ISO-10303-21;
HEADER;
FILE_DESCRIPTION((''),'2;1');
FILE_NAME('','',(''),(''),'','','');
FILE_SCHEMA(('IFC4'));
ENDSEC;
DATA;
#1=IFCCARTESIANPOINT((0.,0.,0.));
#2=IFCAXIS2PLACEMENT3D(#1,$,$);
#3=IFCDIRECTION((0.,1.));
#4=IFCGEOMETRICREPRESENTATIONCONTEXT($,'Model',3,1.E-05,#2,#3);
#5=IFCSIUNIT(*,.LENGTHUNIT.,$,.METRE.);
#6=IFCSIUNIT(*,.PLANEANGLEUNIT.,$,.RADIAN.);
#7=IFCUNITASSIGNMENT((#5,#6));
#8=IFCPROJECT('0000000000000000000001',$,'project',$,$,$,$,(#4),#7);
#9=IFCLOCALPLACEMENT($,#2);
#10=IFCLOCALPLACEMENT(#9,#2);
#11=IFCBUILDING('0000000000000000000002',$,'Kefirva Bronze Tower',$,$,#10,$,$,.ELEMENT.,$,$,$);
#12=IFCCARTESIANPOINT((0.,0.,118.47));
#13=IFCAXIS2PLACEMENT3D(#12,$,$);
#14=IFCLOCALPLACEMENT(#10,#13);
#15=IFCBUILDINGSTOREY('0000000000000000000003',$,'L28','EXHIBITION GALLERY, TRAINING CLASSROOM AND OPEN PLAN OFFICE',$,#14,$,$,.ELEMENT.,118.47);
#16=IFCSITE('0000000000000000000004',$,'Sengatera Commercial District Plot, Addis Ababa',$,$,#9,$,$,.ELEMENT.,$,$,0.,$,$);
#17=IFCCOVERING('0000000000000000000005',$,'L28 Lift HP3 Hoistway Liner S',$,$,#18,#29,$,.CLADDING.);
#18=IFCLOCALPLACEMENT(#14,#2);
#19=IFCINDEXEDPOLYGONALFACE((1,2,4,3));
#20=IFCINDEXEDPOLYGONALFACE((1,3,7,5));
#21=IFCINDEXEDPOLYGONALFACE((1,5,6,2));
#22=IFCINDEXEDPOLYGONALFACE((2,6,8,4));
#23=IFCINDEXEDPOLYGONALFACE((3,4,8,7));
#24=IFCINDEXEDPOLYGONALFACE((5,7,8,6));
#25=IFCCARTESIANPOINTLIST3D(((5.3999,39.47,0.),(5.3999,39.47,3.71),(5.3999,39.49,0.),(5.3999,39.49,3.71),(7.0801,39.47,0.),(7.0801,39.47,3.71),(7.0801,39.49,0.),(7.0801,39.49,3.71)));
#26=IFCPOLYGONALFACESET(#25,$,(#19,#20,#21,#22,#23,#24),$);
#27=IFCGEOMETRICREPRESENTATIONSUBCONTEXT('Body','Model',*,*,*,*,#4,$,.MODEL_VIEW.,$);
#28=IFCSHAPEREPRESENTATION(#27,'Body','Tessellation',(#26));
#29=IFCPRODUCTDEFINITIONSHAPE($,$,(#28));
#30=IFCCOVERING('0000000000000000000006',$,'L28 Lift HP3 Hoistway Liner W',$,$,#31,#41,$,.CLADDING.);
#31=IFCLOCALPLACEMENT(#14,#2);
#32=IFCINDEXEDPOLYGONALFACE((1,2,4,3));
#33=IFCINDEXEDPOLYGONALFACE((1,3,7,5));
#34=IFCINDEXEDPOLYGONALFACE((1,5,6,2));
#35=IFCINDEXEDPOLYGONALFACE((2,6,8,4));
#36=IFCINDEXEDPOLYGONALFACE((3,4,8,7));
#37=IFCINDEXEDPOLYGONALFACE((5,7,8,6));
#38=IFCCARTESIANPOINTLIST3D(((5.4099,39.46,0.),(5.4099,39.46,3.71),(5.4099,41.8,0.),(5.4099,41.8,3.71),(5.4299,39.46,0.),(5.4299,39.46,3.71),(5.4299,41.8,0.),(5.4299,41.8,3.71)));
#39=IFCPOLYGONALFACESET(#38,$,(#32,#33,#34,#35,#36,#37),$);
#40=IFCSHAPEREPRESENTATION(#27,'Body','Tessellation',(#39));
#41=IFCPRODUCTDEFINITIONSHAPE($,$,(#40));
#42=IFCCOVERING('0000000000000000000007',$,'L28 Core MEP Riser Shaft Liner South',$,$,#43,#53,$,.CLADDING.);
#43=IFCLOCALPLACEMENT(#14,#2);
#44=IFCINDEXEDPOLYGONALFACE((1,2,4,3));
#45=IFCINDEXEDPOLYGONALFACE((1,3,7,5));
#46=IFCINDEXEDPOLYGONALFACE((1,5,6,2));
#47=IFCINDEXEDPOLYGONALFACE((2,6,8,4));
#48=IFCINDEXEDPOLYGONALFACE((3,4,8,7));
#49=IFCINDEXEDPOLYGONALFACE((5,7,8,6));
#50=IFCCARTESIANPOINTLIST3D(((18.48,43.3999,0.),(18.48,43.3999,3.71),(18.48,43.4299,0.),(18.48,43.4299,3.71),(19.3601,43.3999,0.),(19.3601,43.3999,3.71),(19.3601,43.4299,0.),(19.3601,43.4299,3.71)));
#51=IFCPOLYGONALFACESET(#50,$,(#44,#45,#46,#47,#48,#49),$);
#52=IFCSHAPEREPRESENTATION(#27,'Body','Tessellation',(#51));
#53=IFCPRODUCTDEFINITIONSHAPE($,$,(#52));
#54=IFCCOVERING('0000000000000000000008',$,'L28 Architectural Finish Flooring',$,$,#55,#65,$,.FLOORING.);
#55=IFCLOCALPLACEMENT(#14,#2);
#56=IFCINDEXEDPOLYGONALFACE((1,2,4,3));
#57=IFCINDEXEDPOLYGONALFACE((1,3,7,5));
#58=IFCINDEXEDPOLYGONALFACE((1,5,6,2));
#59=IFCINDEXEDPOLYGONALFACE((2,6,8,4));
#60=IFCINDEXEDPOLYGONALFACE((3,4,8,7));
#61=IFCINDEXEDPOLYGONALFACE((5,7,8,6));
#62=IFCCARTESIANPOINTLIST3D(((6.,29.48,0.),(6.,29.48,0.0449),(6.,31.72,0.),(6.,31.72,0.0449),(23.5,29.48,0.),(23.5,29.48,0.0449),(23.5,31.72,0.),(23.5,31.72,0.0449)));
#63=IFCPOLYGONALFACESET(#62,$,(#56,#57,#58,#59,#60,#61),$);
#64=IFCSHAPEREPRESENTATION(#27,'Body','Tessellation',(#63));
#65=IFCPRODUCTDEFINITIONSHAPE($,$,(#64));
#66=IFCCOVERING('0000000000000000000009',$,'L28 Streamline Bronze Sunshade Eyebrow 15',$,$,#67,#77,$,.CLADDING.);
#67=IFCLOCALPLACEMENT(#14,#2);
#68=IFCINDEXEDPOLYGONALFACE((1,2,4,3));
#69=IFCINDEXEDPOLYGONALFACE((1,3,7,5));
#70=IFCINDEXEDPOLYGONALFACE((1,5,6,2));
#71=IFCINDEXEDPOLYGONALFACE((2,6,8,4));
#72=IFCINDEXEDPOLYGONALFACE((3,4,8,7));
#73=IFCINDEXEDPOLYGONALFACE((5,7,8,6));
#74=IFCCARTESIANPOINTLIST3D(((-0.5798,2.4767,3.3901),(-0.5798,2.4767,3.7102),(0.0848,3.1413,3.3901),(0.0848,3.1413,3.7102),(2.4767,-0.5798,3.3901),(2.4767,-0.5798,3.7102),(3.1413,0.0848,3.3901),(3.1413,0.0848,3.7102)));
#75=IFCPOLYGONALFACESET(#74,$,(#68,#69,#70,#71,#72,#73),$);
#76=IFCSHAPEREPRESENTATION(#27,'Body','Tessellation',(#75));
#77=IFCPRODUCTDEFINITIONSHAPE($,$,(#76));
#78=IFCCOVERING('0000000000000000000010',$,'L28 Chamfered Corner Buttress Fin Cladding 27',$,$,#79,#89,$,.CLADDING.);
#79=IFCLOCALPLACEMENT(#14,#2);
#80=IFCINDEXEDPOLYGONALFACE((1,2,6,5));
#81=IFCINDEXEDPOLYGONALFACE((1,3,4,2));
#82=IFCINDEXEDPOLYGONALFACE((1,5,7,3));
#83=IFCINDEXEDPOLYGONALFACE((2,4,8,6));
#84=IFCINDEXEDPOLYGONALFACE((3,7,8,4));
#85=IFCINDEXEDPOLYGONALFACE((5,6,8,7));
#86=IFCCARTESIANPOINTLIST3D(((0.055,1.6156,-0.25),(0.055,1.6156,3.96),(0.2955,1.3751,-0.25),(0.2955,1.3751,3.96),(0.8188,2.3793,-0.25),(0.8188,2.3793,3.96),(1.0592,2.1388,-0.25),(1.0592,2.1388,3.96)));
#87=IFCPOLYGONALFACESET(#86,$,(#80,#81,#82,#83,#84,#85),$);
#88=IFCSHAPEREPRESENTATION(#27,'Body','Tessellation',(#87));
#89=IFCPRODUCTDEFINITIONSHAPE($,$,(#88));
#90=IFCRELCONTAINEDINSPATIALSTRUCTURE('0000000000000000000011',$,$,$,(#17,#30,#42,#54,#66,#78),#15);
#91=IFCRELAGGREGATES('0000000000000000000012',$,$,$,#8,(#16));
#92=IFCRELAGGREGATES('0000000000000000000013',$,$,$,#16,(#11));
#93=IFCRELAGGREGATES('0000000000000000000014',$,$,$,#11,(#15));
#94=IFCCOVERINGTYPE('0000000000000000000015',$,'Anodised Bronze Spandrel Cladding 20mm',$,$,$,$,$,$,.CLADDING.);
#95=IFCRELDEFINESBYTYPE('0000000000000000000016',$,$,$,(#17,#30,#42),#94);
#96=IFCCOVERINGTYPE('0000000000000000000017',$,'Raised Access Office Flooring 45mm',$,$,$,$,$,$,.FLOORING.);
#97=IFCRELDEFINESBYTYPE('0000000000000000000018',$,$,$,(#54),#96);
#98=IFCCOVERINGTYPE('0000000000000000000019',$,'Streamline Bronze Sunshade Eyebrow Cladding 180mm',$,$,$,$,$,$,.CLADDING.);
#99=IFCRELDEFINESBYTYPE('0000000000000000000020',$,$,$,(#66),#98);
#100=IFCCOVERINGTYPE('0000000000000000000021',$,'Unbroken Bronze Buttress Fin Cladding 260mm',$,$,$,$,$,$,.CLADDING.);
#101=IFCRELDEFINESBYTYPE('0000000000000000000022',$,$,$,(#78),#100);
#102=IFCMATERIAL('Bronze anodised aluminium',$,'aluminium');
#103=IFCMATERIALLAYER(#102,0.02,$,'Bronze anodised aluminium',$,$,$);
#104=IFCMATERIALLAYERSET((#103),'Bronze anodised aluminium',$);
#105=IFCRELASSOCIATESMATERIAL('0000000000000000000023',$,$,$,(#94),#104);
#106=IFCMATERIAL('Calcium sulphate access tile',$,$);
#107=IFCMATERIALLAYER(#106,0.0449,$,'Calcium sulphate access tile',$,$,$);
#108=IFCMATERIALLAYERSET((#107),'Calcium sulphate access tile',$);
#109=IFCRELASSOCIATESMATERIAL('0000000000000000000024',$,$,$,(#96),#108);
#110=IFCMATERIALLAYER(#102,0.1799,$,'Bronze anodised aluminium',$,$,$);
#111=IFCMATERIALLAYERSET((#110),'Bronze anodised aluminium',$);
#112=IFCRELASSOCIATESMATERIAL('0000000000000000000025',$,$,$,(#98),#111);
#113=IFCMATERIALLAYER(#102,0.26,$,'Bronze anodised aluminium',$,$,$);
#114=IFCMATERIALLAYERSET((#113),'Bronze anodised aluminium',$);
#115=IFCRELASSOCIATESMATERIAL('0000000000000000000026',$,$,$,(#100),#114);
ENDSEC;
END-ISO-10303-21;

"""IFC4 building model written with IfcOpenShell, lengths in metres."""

from ifc_helpers import new_model, si_unit, direction, frame, origin, origin_2d, place, context, subcontext, project, spatial, polyline, rectangle, outline, extrude, material, layer, layer_set, type_object, element, save


model = new_model("IFC4")

# Units and contexts
model_context = context("Model", 3, precision=1e-05, world=origin(), true_north=direction((0.0, 1.0)))
body_context = subcontext(model_context, "Body", "Model", "MODEL_VIEW")
ifc_project = project(units=[si_unit("LENGTHUNIT", "METRE"), si_unit("PLANEANGLEUNIT", "RADIAN")], contexts=[model_context])

# Site, building, storey
site_placement = place(None, origin())
site = spatial("IfcSite", under=ifc_project, at=site_placement, Name="Sengatera Commercial District Plot, Addis Ababa", CompositionType="ELEMENT", RefElevation=0.0)
building_placement = place(site_placement, origin())
building = spatial("IfcBuilding", under=site, at=building_placement, Name="Kefirva Bronze Tower", CompositionType="ELEMENT")
storey_placement = place(building_placement, frame((0.0, 0.0, 118.47)))
storey = spatial("IfcBuildingStorey", under=building, at=storey_placement, Name="L28", Description="EXHIBITION GALLERY, TRAINING CLASSROOM AND OPEN PLAN OFFICE", CompositionType="ELEMENT", Elevation=118.47)

# Shared definitions
ifc_material_1 = material(Name="Bronze anodised aluminium", Category="aluminium")

# Coverings
ifc_layer_1 = layer(ifc_material_1, 0.02, Name="Bronze anodised aluminium")
ifc_layer_set_1 = layer_set([ifc_layer_1], Name="Bronze anodised aluminium")
covering_type_1 = type_object("IfcCoveringType", Name="Anodised Bronze Spandrel Cladding 20mm", PredefinedType="CLADDING", material=ifc_layer_set_1)
covering_1_placement = place(storey_placement, origin())
element("IfcCovering", 1, at=covering_1_placement, inside=storey, type_object=covering_type_1, Name="L28 Lift HP3 Hoistway Liner S", PredefinedType="CLADDING", context=body_context, shape_type="SweptSolid", body=[
    extrude(outline(polyline([(5.3999, 39.47), (7.0801, 39.47), (7.0801, 39.49), (5.3999, 39.49), (5.3999, 39.47)])), origin(), (0.0, 0.0, 1.0), 3.71),
])
covering_2_placement = place(storey_placement, origin())
element("IfcCovering", 2, at=covering_2_placement, inside=storey, type_object=covering_type_1, Name="L28 Lift HP3 Hoistway Liner W", PredefinedType="CLADDING", context=body_context, shape_type="SweptSolid", body=[
    extrude(outline(polyline([(5.4099, 39.46), (5.4299, 39.46), (5.4299, 41.8), (5.4099, 41.8), (5.4099, 39.46)])), origin(), (0.0, 0.0, 1.0), 3.71),
])
covering_3_placement = place(storey_placement, origin())
element("IfcCovering", 3, at=covering_3_placement, inside=storey, type_object=covering_type_1, Name="L28 Core MEP Riser Shaft Liner South", PredefinedType="CLADDING", context=body_context, shape_type="SweptSolid", body=[
    extrude(outline(polyline([(18.48, 43.3999), (19.3601, 43.3999), (19.3601, 43.4299), (18.48, 43.4299), (18.48, 43.3999)])), origin(), (0.0, 0.0, 1.0), 3.71),
])
ifc_material_2 = material(Name="Calcium sulphate access tile")
ifc_layer_2 = layer(ifc_material_2, 0.0449, Name="Calcium sulphate access tile")
ifc_layer_set_2 = layer_set([ifc_layer_2], Name="Calcium sulphate access tile")
covering_type_2 = type_object("IfcCoveringType", Name="Raised Access Office Flooring 45mm", PredefinedType="FLOORING", material=ifc_layer_set_2)
covering_4_placement = place(storey_placement, origin())
element("IfcCovering", 4, at=covering_4_placement, inside=storey, type_object=covering_type_2, Name="L28 Architectural Finish Flooring", PredefinedType="FLOORING", context=body_context, shape_type="SweptSolid", body=[
    extrude(outline(polyline([(6.0, 29.48), (23.5, 29.48), (23.5, 31.72), (6.0, 31.72), (6.0, 29.48)])), origin(), (0.0, 0.0, 1.0), 0.0449),
])
ifc_layer_3 = layer(ifc_material_1, 0.1799, Name="Bronze anodised aluminium")
ifc_layer_set_3 = layer_set([ifc_layer_3], Name="Bronze anodised aluminium")
covering_type_3 = type_object("IfcCoveringType", Name="Streamline Bronze Sunshade Eyebrow Cladding 180mm", PredefinedType="CLADDING", material=ifc_layer_set_3)
covering_5_placement = place(storey_placement, frame((1.2808, 1.2808, 3.3901), z_axis=(0.0, 0.0, 1.0), x_axis=(0.707107, -0.707107, 0.0)))
element("IfcCovering", 5, at=covering_5_placement, inside=storey, type_object=covering_type_3, Name="L28 Streamline Bronze Sunshade Eyebrow 15", PredefinedType="CLADDING", context=body_context, shape_type="SweptSolid", body=[
    extrude(rectangle(XDim=4.3225, YDim=0.9399, at=origin_2d()), origin(), (0.0, 0.0, 1.0), 0.3201),
])
ifc_layer_4 = layer(ifc_material_1, 0.26, Name="Bronze anodised aluminium")
ifc_layer_set_4 = layer_set([ifc_layer_4], Name="Bronze anodised aluminium")
covering_type_4 = type_object("IfcCoveringType", Name="Unbroken Bronze Buttress Fin Cladding 260mm", PredefinedType="CLADDING", material=ifc_layer_set_4)
covering_6_placement = place(storey_placement, frame((0.5571, 1.8772, -0.25), z_axis=(0.0, 0.0, 1.0), x_axis=(0.707107, -0.707107, 0.0)))
element("IfcCovering", 6, at=covering_6_placement, inside=storey, type_object=covering_type_4, Name="L28 Chamfered Corner Buttress Fin Cladding 27", PredefinedType="CLADDING", context=body_context, shape_type="SweptSolid", body=[
    extrude(rectangle(XDim=0.3401, YDim=1.0801, at=origin_2d()), origin(), (0.0, 0.0, 1.0), 4.21),
])

save(model, "model.ifc")
